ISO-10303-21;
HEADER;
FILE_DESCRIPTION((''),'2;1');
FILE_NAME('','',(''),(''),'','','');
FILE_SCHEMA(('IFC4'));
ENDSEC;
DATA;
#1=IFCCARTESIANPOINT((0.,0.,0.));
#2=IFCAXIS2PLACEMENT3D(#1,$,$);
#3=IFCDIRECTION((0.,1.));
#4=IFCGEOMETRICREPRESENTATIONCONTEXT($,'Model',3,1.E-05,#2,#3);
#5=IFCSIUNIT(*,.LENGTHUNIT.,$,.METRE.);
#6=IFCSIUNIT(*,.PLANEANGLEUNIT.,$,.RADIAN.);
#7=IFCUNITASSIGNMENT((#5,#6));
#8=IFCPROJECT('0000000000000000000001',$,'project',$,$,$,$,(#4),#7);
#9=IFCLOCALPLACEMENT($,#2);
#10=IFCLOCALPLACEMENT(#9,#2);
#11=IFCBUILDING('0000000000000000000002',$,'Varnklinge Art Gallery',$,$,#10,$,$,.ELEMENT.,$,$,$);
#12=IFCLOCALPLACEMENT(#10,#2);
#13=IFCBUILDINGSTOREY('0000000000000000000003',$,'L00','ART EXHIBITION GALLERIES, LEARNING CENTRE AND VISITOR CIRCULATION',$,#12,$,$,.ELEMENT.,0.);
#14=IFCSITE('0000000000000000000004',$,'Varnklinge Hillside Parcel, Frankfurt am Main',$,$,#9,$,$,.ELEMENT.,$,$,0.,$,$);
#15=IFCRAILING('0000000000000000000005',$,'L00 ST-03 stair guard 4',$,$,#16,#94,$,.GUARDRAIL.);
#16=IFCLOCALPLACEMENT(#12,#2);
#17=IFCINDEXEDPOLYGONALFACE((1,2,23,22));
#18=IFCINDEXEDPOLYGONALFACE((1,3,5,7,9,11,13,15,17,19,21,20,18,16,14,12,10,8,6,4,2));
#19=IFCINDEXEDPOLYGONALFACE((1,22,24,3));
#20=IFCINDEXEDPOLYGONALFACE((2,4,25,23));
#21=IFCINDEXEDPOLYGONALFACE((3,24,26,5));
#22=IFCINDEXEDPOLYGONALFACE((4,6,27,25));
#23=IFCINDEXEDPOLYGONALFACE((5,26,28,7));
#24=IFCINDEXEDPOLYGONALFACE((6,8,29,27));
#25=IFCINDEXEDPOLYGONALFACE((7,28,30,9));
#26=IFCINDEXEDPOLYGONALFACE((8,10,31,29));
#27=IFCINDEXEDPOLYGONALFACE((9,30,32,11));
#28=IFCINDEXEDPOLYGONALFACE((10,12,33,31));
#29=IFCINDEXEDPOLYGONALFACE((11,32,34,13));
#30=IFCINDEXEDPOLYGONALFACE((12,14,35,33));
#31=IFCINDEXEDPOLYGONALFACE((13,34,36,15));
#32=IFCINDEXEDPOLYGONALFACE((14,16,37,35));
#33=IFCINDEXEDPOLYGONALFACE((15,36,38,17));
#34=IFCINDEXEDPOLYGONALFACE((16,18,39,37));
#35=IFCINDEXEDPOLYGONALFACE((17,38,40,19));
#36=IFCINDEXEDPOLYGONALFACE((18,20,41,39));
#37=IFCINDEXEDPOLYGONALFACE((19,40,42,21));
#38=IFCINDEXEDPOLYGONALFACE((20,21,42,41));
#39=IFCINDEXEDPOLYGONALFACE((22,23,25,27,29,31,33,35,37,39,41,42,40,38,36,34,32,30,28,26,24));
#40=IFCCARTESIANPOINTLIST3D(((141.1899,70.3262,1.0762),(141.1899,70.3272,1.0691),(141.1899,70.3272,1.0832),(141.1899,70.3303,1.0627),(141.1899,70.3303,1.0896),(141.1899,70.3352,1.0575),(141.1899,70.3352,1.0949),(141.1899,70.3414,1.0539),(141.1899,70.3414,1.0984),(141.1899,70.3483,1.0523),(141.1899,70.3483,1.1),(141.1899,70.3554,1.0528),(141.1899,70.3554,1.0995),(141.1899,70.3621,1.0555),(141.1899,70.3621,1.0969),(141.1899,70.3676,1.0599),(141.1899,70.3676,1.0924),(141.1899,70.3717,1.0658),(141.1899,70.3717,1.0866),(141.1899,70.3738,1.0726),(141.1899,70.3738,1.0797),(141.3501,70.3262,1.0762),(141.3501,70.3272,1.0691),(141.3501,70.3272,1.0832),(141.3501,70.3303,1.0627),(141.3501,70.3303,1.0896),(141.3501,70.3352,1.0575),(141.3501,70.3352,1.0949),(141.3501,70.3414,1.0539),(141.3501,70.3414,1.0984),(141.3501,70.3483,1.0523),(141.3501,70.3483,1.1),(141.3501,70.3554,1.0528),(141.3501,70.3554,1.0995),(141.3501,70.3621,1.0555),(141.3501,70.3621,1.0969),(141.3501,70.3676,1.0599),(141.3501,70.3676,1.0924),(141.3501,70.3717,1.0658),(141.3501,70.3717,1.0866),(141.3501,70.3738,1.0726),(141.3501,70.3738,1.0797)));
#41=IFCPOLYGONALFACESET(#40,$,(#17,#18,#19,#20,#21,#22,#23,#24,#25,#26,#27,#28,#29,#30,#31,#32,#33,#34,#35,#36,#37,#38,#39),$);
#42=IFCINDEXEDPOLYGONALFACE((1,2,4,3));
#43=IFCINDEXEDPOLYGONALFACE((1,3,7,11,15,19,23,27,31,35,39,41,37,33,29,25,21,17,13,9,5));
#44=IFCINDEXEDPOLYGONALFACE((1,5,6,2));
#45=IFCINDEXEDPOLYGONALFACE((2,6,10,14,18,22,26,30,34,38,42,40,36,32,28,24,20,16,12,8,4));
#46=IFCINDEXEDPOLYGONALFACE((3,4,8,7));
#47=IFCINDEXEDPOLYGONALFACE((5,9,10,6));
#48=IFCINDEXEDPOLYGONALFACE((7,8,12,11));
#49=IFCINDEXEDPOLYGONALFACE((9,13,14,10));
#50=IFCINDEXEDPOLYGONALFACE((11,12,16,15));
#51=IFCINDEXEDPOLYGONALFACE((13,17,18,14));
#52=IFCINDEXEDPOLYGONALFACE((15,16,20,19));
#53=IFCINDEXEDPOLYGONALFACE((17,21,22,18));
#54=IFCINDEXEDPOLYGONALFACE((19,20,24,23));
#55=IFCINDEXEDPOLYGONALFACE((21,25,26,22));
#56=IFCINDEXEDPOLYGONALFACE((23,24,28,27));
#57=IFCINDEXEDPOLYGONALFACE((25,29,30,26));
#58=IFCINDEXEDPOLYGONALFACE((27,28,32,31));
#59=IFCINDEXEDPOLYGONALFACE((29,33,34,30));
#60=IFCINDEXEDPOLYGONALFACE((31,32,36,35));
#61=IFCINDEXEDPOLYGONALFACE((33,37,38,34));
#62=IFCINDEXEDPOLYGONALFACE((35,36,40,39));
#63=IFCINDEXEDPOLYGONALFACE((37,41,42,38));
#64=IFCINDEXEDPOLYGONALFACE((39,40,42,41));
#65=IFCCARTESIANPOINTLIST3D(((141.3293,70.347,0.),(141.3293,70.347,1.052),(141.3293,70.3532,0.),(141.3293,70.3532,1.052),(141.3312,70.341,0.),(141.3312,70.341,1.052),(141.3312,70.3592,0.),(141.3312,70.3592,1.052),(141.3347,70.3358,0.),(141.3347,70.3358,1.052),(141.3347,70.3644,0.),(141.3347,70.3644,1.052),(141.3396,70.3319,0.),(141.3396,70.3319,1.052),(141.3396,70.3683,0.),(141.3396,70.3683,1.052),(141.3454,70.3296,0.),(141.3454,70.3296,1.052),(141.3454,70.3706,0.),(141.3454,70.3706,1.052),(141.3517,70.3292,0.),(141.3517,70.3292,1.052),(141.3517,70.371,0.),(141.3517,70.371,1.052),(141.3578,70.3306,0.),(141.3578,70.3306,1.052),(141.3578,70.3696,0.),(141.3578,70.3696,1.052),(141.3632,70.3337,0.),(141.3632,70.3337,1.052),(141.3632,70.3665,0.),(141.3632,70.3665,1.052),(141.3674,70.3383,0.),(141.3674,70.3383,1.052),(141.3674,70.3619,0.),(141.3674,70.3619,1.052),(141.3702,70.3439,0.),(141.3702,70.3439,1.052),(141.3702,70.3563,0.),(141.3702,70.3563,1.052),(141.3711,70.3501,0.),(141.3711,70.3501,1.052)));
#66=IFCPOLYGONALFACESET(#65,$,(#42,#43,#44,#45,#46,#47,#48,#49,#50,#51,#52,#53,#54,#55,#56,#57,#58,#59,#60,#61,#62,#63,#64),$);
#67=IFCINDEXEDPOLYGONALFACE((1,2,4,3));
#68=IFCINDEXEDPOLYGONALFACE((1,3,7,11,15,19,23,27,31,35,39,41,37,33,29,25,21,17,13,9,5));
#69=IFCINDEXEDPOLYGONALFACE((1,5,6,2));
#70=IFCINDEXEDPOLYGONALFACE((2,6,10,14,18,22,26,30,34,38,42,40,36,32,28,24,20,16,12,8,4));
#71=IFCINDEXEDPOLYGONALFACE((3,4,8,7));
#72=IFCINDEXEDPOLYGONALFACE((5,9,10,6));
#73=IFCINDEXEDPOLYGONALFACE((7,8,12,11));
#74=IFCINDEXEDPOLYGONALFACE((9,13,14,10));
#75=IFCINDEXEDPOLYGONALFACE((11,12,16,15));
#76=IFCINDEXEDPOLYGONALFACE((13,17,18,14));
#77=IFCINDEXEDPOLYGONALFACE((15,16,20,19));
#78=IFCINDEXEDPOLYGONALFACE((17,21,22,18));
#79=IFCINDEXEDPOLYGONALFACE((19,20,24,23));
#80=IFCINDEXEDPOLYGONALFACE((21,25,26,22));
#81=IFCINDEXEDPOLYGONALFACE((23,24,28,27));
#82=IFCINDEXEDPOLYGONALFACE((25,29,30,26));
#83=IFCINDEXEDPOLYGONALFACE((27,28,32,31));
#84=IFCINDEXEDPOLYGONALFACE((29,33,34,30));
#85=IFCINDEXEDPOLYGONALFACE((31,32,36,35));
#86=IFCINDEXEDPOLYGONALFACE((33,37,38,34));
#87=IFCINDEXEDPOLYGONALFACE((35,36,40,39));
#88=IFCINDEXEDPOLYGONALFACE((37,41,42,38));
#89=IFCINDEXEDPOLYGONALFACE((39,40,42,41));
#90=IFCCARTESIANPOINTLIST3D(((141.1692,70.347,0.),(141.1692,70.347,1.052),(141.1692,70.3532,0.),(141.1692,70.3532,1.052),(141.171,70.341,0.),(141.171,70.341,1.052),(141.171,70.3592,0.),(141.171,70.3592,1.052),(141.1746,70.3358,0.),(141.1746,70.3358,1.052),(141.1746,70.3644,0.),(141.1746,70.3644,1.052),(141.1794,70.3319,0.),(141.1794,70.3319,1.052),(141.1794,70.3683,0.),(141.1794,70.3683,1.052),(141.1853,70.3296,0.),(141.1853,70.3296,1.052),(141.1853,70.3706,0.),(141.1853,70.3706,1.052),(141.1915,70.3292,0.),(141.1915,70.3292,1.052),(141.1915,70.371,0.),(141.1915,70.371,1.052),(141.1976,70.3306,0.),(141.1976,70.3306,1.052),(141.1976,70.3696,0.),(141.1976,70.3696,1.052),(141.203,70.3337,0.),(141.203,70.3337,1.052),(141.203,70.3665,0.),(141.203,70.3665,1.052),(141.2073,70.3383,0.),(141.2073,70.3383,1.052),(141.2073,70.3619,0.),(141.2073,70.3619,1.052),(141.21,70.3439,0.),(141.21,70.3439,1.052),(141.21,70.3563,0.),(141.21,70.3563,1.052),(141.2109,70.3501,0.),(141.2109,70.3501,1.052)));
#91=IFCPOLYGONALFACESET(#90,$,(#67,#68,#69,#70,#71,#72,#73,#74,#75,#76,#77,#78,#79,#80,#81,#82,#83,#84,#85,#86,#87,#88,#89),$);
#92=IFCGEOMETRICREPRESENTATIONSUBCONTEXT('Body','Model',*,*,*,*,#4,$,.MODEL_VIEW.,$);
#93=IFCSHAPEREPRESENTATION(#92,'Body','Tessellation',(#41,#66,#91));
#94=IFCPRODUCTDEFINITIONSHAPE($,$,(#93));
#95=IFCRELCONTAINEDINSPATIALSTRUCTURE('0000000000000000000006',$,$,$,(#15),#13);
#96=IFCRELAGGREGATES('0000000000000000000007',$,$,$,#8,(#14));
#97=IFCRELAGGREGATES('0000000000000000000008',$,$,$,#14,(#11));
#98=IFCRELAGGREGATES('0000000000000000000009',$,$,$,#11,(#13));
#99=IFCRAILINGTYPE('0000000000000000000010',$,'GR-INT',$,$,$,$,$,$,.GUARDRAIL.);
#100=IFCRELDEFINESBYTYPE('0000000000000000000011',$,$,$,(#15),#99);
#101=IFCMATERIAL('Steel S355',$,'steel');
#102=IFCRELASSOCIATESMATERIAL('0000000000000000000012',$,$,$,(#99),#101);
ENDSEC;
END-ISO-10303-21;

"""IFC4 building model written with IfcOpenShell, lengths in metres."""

from ifc_helpers import new_model, si_unit, direction, frame, origin, origin_2d, place, context, subcontext, project, spatial, circle, extrude, material, type_object, element, save


model = new_model("IFC4")

# Units and contexts
model_context = context("Model", 3, precision=1e-05, world=origin(), true_north=direction((0.0, 1.0)))
body_context = subcontext(model_context, "Body", "Model", "MODEL_VIEW")
ifc_project = project(units=[si_unit("LENGTHUNIT", "METRE"), si_unit("PLANEANGLEUNIT", "RADIAN")], contexts=[model_context])

# Site, building, storey
site_placement = place(None, origin())
site = spatial("IfcSite", under=ifc_project, at=site_placement, Name="Varnklinge Hillside Parcel, Frankfurt am Main", CompositionType="ELEMENT", RefElevation=0.0)
building_placement = place(site_placement, origin())
building = spatial("IfcBuilding", under=site, at=building_placement, Name="Varnklinge Art Gallery", CompositionType="ELEMENT")
storey_placement = place(building_placement, origin())
storey = spatial("IfcBuildingStorey", under=building, at=storey_placement, Name="L00", Description="ART EXHIBITION GALLERIES, LEARNING CENTRE AND VISITOR CIRCULATION", CompositionType="ELEMENT", Elevation=0.0)

# Railing
ifc_material_1 = material(Name="Steel S355", Category="steel")
railing_type_1 = type_object("IfcRailingType", Name="GR-INT", PredefinedType="GUARDRAIL", material=ifc_material_1)
railing_1_placement = place(storey_placement, frame((141.3501, 70.3501, 0.0)))
element("IfcRailing", 1, at=railing_1_placement, inside=storey, type_object=railing_type_1, Name="L00 ST-03 stair guard 4", PredefinedType="GUARDRAIL", context=body_context, shape_type="SweptSolid", body=[
    extrude(circle(Radius=0.0239, at=origin_2d()), frame((0.0, 0.0, 1.0762), z_axis=(-1.0, 0.0, 0.0), x_axis=(0.0, -1.0, 0.0)), (0.0, 0.0, 1.0), 0.1602),
    extrude(circle(Radius=0.021, at=origin_2d()), origin(), (0.0, 0.0, 1.0), 1.052),
    extrude(circle(Radius=0.021, at=origin_2d()), frame((-0.1602, 0.0, 0.0)), (0.0, 0.0, 1.0), 1.052),
])

save(model, "model.ifc")
